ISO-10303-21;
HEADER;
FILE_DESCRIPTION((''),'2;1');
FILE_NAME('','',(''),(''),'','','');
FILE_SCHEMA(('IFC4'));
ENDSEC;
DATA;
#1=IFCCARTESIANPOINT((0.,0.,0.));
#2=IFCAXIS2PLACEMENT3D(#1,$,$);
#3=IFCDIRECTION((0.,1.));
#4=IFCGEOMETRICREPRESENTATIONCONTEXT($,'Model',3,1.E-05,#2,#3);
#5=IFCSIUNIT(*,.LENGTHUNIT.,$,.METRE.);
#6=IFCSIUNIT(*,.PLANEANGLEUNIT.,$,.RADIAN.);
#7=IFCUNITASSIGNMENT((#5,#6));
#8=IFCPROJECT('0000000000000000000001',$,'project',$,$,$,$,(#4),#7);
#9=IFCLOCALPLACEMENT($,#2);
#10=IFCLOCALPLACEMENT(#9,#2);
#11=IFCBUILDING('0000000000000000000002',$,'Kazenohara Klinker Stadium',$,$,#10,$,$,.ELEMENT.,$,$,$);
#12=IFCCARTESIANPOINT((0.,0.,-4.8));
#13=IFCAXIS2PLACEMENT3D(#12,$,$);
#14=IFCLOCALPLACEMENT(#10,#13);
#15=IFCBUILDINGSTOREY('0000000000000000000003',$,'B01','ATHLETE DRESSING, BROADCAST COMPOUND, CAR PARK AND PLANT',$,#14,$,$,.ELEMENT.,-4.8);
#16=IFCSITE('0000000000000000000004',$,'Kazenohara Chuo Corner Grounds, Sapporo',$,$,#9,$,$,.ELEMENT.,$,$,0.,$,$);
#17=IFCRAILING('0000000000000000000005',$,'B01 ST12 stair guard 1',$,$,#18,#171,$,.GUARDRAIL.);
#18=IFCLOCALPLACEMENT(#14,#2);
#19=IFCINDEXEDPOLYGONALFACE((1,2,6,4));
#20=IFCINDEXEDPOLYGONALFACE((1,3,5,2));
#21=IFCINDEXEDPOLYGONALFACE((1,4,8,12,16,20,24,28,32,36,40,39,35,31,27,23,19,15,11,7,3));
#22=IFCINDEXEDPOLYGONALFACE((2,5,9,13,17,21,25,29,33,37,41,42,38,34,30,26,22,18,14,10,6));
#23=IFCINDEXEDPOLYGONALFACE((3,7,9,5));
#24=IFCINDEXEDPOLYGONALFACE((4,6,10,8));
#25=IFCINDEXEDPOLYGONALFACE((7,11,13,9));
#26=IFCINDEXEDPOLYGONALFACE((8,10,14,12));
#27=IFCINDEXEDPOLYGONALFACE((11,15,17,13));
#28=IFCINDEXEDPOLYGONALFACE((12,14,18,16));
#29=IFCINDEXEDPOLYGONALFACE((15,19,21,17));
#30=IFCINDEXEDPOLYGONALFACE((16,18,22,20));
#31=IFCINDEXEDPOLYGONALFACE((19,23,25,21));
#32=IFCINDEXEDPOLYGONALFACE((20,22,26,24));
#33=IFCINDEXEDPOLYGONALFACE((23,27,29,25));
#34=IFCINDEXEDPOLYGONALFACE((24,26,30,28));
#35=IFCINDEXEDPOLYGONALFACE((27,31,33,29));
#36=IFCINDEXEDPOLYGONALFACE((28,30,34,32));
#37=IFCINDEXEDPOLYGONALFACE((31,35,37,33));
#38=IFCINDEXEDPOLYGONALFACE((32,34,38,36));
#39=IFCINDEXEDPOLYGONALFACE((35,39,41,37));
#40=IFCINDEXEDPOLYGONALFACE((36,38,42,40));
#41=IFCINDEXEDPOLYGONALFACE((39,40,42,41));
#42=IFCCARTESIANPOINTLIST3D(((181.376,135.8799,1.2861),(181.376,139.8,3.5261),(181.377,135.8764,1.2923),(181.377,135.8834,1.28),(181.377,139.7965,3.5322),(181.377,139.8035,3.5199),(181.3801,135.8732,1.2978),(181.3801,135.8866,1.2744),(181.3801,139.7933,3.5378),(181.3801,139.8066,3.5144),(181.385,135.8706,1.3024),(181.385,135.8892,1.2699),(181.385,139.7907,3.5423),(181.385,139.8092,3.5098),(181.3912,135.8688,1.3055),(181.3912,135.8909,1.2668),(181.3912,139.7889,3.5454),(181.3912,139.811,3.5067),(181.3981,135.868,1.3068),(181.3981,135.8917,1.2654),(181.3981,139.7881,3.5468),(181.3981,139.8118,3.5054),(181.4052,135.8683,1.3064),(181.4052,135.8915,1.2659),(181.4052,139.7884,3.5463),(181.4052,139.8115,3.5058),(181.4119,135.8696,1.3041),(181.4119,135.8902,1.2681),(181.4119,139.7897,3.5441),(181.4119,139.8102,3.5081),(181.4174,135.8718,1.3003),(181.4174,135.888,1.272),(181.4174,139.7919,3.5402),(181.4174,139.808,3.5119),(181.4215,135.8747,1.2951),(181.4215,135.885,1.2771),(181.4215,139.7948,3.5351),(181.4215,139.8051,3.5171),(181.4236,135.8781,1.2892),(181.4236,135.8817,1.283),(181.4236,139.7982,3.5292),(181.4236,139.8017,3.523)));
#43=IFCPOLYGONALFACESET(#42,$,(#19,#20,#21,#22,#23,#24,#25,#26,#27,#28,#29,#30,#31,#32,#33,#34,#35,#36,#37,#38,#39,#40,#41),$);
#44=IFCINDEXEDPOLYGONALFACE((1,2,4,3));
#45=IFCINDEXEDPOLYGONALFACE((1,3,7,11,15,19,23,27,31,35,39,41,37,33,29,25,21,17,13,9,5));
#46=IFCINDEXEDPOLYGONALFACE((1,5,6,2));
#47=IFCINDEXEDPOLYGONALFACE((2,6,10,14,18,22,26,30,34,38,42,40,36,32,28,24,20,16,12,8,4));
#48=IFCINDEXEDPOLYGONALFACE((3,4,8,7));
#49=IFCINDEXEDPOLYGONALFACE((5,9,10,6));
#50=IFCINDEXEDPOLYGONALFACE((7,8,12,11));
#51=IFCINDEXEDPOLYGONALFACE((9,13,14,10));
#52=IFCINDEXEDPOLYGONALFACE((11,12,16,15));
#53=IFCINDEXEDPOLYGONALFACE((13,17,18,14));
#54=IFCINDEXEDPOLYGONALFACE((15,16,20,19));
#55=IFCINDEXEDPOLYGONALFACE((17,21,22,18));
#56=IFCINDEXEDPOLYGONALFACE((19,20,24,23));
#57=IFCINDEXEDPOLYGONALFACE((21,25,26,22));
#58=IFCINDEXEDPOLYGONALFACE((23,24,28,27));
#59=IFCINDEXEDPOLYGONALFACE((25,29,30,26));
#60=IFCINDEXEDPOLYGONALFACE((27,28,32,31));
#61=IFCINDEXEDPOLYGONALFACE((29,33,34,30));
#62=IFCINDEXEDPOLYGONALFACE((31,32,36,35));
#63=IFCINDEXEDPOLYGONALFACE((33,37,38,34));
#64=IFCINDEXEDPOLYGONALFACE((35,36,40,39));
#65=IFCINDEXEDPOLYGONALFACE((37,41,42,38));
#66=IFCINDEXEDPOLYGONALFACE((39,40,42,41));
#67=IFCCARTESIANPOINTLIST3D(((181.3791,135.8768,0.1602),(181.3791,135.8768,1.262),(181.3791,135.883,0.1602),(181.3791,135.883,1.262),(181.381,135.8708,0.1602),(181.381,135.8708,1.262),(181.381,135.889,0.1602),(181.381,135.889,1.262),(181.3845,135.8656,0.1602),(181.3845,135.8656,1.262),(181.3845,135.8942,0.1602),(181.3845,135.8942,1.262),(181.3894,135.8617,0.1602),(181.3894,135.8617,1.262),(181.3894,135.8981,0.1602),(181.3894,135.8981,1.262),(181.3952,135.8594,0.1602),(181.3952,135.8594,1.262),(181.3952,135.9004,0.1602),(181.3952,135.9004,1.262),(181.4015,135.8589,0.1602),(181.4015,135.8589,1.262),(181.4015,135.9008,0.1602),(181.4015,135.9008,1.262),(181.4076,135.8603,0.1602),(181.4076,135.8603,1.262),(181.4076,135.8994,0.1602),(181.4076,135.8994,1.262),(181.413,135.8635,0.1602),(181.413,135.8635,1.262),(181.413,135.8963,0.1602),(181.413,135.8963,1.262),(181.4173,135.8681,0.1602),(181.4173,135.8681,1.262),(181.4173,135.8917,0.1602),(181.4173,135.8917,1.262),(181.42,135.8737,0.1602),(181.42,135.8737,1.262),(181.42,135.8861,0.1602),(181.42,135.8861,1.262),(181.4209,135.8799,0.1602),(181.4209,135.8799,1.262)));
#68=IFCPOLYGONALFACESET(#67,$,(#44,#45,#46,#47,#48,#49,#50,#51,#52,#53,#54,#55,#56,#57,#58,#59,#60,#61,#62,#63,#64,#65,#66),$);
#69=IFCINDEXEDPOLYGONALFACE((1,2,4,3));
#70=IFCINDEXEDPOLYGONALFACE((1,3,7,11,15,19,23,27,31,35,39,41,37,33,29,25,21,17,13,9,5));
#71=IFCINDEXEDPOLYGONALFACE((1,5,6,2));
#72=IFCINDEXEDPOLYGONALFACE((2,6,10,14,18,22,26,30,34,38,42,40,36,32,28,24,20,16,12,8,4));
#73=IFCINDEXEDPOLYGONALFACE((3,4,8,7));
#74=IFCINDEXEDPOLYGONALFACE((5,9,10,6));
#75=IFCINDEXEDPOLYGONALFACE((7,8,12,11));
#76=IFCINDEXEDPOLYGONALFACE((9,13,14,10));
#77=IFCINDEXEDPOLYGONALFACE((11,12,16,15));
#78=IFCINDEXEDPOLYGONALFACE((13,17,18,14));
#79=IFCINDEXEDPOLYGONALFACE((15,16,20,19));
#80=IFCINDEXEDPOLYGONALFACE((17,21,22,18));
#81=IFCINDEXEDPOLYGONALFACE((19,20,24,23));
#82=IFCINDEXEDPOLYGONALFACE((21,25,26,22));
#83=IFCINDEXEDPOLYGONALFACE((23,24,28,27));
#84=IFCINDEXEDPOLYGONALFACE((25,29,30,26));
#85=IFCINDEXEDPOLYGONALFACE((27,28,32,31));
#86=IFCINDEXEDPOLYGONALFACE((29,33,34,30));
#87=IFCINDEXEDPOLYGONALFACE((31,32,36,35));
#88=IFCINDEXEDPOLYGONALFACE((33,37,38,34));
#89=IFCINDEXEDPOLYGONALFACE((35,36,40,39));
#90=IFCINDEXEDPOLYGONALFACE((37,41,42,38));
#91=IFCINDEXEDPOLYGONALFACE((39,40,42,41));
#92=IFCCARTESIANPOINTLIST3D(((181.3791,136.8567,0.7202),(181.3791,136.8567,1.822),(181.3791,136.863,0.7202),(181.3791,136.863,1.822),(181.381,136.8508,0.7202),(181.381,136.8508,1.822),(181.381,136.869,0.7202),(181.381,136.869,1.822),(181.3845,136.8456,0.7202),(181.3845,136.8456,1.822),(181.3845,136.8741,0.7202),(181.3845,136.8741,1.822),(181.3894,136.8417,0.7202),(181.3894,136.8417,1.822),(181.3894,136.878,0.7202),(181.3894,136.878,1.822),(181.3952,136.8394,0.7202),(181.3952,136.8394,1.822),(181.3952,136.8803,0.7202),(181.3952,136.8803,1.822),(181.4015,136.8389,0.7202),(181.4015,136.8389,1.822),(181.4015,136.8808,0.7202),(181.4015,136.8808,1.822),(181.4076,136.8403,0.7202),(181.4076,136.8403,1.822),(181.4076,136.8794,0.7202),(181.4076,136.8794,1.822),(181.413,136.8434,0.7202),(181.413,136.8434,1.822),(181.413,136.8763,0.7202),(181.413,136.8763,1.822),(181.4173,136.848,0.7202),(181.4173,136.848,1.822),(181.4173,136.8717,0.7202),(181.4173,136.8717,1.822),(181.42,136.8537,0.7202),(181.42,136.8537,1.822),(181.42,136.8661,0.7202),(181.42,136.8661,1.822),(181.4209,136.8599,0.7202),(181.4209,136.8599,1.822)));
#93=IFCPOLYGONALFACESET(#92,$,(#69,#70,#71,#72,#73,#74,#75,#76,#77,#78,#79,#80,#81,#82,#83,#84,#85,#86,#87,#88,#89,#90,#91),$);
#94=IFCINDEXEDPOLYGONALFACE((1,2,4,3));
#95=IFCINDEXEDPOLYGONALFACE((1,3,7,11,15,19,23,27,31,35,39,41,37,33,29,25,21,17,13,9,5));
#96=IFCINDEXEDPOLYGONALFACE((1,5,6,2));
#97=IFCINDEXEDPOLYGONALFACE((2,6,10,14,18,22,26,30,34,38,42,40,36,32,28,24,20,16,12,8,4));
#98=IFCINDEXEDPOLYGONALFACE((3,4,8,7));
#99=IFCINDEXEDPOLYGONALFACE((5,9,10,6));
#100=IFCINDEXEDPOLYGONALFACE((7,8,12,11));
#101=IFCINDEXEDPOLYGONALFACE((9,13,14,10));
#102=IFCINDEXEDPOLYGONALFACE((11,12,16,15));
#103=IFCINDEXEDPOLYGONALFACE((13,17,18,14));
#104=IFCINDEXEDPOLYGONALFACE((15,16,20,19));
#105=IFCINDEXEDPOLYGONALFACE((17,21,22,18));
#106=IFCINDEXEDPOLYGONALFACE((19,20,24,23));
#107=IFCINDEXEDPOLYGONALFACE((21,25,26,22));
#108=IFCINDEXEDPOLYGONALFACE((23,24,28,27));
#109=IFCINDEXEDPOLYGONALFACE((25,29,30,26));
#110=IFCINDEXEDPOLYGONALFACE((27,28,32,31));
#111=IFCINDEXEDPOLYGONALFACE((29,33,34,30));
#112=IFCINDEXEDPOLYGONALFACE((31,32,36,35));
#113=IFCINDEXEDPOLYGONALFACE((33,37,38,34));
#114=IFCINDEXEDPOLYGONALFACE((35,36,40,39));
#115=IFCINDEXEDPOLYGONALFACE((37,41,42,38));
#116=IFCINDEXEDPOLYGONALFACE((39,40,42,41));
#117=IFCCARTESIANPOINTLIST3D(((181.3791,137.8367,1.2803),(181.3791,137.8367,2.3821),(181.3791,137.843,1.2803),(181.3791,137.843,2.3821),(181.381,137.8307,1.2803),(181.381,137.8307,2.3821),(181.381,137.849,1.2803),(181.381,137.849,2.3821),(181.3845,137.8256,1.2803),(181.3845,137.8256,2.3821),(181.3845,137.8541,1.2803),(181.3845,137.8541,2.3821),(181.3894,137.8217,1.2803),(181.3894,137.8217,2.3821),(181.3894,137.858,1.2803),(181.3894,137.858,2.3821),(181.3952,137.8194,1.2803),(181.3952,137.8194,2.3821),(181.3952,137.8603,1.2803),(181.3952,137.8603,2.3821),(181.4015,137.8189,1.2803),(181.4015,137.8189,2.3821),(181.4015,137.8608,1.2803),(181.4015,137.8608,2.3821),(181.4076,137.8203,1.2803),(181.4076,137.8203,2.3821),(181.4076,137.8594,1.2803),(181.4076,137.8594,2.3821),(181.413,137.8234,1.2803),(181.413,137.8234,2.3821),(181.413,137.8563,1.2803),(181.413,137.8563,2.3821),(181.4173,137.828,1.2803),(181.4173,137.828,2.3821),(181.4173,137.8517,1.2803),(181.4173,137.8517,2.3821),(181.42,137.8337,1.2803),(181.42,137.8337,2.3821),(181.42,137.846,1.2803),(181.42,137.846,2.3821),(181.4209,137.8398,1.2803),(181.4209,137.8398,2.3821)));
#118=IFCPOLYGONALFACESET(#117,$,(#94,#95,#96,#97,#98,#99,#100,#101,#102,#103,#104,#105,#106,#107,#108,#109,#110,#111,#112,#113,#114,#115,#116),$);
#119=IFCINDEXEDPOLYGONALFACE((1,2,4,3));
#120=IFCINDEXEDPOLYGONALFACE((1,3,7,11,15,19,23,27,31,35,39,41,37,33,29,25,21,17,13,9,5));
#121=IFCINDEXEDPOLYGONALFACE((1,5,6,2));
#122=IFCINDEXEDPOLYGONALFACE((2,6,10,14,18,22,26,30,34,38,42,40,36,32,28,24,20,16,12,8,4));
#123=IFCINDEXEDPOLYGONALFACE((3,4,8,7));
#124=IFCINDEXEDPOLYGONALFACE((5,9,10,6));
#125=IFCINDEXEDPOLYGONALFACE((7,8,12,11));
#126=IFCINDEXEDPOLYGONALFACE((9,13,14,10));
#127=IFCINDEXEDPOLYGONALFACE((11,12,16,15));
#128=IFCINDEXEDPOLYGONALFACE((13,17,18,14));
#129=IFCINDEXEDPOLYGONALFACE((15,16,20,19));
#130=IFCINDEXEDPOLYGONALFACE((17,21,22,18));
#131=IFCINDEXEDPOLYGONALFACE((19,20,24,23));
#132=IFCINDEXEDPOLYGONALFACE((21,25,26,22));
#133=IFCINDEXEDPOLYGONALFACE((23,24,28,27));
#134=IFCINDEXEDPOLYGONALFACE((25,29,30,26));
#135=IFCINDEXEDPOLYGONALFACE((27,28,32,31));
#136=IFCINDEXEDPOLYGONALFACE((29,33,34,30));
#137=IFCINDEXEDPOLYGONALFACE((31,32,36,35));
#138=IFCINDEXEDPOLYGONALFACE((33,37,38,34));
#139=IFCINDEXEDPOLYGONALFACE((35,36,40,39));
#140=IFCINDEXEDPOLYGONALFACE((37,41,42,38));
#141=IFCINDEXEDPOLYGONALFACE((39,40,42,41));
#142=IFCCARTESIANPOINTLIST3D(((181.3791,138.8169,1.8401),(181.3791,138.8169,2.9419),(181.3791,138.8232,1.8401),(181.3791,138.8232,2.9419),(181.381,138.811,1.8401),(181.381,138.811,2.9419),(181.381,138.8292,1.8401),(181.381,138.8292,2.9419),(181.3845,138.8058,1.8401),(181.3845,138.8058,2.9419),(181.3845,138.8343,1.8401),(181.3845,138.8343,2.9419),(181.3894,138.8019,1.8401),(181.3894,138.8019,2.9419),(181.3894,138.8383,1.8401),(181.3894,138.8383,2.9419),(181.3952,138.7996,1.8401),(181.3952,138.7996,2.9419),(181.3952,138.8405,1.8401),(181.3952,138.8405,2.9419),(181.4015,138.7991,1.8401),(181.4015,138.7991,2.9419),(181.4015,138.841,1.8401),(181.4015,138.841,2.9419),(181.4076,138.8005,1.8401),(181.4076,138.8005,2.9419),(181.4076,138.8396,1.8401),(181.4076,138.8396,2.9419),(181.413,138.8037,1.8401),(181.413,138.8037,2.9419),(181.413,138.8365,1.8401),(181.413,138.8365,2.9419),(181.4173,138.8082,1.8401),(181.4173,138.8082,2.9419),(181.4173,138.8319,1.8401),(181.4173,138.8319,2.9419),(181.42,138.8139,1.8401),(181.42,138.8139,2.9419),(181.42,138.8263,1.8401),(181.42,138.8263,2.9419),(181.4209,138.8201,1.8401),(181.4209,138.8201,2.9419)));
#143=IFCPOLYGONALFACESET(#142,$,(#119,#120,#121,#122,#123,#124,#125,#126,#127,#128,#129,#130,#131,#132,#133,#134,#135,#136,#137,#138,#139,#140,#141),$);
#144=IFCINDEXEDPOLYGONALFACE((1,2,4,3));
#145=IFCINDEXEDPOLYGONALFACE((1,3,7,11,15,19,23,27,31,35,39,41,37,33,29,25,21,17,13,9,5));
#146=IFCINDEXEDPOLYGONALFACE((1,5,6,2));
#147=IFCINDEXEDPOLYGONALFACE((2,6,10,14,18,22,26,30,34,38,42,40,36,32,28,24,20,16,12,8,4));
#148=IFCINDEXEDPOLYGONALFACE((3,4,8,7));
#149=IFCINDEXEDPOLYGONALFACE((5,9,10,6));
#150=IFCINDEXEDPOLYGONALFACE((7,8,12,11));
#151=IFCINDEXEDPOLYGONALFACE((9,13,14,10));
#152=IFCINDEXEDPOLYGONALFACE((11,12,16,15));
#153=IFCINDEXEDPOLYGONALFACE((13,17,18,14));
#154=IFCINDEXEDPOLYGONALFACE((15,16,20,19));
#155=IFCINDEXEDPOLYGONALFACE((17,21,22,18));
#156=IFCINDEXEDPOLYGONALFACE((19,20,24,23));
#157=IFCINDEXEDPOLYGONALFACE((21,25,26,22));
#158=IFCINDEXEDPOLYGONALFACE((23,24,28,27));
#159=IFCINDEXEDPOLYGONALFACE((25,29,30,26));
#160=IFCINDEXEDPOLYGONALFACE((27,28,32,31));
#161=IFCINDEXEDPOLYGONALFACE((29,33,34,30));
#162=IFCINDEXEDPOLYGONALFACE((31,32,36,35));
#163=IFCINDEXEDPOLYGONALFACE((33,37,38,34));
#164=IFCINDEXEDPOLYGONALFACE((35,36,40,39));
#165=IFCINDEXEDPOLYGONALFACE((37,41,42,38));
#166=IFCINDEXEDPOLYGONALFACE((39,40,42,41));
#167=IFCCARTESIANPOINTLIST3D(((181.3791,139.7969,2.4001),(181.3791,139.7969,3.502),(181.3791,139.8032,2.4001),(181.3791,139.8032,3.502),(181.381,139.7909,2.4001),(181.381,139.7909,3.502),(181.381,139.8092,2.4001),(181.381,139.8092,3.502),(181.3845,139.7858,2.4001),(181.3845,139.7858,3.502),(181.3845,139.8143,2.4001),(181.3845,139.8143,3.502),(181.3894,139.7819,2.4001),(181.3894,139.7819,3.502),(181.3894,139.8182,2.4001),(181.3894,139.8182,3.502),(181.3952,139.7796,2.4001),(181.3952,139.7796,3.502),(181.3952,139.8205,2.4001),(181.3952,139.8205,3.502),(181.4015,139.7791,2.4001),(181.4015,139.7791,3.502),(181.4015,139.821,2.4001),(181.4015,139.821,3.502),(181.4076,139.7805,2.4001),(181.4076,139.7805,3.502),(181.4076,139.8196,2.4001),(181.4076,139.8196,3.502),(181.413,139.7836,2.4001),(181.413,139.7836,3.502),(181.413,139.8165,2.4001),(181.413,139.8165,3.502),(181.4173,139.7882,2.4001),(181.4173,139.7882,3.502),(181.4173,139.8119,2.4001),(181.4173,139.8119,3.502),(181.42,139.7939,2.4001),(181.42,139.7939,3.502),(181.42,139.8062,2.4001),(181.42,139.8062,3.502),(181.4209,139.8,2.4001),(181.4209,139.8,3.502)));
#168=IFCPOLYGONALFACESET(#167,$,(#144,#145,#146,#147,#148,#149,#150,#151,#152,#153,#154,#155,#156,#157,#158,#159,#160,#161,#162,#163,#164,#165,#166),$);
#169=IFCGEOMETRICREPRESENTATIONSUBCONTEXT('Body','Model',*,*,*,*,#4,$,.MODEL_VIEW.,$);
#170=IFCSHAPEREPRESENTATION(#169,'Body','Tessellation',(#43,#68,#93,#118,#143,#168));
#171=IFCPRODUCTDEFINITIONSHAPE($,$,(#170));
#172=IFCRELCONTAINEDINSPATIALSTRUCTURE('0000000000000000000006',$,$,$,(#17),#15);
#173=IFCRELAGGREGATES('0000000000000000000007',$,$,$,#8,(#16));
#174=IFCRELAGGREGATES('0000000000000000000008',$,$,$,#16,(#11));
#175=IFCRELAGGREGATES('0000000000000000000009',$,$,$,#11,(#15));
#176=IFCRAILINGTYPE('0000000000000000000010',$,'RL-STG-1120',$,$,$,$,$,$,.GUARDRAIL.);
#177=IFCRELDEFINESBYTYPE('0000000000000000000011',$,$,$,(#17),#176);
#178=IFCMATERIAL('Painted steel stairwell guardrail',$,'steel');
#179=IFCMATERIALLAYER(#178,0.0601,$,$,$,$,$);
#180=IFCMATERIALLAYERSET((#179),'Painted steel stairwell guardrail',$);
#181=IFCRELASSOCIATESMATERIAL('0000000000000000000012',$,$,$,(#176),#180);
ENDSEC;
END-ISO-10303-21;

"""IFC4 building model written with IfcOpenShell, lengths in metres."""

from ifc_helpers import new_model, si_unit, direction, frame, origin, origin_2d, place, context, subcontext, project, spatial, circle, extrude, material, layer, layer_set, type_object, element, save


model = new_model("IFC4")

# Units and contexts
model_context = context("Model", 3, precision=1e-05, world=origin(), true_north=direction((0.0, 1.0)))
body_context = subcontext(model_context, "Body", "Model", "MODEL_VIEW")
ifc_project = project(units=[si_unit("LENGTHUNIT", "METRE"), si_unit("PLANEANGLEUNIT", "RADIAN")], contexts=[model_context])

# Site, building, storey
site_placement = place(None, origin())
site = spatial("IfcSite", under=ifc_project, at=site_placement, Name="Kazenohara Chuo Corner Grounds, Sapporo", CompositionType="ELEMENT", RefElevation=0.0)
building_placement = place(site_placement, origin())
building = spatial("IfcBuilding", under=site, at=building_placement, Name="Kazenohara Klinker Stadium", CompositionType="ELEMENT")
storey_placement = place(building_placement, frame((0.0, 0.0, -4.8)))
storey = spatial("IfcBuildingStorey", under=building, at=storey_placement, Name="B01", Description="ATHLETE DRESSING, BROADCAST COMPOUND, CAR PARK AND PLANT", CompositionType="ELEMENT", Elevation=-4.8)

# Railing
ifc_material_1 = material(Name="Painted steel stairwell guardrail", Category="steel")
ifc_layer_1 = layer(ifc_material_1, 0.0601)
ifc_layer_set_1 = layer_set([ifc_layer_1], Name="Painted steel stairwell guardrail")
railing_type_1 = type_object("IfcRailingType", Name="RL-STG-1120", PredefinedType="GUARDRAIL", material=ifc_layer_set_1)
railing_1_placement = place(storey_placement, frame((181.3999, 135.8799, 0.1602)))
element("IfcRailing", 1, at=railing_1_placement, inside=storey, type_object=railing_type_1, Name="B01 ST12 stair guard 1", PredefinedType="GUARDRAIL", context=body_context, shape_type="SweptSolid", body=[
    extrude(circle(Radius=0.0239, at=origin_2d()), frame((0.0, 0.0, 1.126), z_axis=(0.0, 0.868253, 0.496121), x_axis=(-1.0, 0.0, 0.0)), (0.0, 0.0, 1.0), 4.5149),
    extrude(circle(Radius=0.021, at=origin_2d()), origin(), (0.0, 0.0, 1.0), 1.1018),
    extrude(circle(Radius=0.021, at=origin_2d()), frame((0.0, 0.98, 0.5601)), (0.0, 0.0, 1.0), 1.1018),
    extrude(circle(Radius=0.021, at=origin_2d()), frame((0.0, 1.96, 1.1201)), (0.0, 0.0, 1.0), 1.1018),
    extrude(circle(Radius=0.021, at=origin_2d()), frame((0.0, 2.9402, 1.6799)), (0.0, 0.0, 1.0), 1.1018),
    extrude(circle(Radius=0.021, at=origin_2d()), frame((0.0, 3.9202, 2.24)), (0.0, 0.0, 1.0), 1.1018),
])

save(model, "model.ifc")
